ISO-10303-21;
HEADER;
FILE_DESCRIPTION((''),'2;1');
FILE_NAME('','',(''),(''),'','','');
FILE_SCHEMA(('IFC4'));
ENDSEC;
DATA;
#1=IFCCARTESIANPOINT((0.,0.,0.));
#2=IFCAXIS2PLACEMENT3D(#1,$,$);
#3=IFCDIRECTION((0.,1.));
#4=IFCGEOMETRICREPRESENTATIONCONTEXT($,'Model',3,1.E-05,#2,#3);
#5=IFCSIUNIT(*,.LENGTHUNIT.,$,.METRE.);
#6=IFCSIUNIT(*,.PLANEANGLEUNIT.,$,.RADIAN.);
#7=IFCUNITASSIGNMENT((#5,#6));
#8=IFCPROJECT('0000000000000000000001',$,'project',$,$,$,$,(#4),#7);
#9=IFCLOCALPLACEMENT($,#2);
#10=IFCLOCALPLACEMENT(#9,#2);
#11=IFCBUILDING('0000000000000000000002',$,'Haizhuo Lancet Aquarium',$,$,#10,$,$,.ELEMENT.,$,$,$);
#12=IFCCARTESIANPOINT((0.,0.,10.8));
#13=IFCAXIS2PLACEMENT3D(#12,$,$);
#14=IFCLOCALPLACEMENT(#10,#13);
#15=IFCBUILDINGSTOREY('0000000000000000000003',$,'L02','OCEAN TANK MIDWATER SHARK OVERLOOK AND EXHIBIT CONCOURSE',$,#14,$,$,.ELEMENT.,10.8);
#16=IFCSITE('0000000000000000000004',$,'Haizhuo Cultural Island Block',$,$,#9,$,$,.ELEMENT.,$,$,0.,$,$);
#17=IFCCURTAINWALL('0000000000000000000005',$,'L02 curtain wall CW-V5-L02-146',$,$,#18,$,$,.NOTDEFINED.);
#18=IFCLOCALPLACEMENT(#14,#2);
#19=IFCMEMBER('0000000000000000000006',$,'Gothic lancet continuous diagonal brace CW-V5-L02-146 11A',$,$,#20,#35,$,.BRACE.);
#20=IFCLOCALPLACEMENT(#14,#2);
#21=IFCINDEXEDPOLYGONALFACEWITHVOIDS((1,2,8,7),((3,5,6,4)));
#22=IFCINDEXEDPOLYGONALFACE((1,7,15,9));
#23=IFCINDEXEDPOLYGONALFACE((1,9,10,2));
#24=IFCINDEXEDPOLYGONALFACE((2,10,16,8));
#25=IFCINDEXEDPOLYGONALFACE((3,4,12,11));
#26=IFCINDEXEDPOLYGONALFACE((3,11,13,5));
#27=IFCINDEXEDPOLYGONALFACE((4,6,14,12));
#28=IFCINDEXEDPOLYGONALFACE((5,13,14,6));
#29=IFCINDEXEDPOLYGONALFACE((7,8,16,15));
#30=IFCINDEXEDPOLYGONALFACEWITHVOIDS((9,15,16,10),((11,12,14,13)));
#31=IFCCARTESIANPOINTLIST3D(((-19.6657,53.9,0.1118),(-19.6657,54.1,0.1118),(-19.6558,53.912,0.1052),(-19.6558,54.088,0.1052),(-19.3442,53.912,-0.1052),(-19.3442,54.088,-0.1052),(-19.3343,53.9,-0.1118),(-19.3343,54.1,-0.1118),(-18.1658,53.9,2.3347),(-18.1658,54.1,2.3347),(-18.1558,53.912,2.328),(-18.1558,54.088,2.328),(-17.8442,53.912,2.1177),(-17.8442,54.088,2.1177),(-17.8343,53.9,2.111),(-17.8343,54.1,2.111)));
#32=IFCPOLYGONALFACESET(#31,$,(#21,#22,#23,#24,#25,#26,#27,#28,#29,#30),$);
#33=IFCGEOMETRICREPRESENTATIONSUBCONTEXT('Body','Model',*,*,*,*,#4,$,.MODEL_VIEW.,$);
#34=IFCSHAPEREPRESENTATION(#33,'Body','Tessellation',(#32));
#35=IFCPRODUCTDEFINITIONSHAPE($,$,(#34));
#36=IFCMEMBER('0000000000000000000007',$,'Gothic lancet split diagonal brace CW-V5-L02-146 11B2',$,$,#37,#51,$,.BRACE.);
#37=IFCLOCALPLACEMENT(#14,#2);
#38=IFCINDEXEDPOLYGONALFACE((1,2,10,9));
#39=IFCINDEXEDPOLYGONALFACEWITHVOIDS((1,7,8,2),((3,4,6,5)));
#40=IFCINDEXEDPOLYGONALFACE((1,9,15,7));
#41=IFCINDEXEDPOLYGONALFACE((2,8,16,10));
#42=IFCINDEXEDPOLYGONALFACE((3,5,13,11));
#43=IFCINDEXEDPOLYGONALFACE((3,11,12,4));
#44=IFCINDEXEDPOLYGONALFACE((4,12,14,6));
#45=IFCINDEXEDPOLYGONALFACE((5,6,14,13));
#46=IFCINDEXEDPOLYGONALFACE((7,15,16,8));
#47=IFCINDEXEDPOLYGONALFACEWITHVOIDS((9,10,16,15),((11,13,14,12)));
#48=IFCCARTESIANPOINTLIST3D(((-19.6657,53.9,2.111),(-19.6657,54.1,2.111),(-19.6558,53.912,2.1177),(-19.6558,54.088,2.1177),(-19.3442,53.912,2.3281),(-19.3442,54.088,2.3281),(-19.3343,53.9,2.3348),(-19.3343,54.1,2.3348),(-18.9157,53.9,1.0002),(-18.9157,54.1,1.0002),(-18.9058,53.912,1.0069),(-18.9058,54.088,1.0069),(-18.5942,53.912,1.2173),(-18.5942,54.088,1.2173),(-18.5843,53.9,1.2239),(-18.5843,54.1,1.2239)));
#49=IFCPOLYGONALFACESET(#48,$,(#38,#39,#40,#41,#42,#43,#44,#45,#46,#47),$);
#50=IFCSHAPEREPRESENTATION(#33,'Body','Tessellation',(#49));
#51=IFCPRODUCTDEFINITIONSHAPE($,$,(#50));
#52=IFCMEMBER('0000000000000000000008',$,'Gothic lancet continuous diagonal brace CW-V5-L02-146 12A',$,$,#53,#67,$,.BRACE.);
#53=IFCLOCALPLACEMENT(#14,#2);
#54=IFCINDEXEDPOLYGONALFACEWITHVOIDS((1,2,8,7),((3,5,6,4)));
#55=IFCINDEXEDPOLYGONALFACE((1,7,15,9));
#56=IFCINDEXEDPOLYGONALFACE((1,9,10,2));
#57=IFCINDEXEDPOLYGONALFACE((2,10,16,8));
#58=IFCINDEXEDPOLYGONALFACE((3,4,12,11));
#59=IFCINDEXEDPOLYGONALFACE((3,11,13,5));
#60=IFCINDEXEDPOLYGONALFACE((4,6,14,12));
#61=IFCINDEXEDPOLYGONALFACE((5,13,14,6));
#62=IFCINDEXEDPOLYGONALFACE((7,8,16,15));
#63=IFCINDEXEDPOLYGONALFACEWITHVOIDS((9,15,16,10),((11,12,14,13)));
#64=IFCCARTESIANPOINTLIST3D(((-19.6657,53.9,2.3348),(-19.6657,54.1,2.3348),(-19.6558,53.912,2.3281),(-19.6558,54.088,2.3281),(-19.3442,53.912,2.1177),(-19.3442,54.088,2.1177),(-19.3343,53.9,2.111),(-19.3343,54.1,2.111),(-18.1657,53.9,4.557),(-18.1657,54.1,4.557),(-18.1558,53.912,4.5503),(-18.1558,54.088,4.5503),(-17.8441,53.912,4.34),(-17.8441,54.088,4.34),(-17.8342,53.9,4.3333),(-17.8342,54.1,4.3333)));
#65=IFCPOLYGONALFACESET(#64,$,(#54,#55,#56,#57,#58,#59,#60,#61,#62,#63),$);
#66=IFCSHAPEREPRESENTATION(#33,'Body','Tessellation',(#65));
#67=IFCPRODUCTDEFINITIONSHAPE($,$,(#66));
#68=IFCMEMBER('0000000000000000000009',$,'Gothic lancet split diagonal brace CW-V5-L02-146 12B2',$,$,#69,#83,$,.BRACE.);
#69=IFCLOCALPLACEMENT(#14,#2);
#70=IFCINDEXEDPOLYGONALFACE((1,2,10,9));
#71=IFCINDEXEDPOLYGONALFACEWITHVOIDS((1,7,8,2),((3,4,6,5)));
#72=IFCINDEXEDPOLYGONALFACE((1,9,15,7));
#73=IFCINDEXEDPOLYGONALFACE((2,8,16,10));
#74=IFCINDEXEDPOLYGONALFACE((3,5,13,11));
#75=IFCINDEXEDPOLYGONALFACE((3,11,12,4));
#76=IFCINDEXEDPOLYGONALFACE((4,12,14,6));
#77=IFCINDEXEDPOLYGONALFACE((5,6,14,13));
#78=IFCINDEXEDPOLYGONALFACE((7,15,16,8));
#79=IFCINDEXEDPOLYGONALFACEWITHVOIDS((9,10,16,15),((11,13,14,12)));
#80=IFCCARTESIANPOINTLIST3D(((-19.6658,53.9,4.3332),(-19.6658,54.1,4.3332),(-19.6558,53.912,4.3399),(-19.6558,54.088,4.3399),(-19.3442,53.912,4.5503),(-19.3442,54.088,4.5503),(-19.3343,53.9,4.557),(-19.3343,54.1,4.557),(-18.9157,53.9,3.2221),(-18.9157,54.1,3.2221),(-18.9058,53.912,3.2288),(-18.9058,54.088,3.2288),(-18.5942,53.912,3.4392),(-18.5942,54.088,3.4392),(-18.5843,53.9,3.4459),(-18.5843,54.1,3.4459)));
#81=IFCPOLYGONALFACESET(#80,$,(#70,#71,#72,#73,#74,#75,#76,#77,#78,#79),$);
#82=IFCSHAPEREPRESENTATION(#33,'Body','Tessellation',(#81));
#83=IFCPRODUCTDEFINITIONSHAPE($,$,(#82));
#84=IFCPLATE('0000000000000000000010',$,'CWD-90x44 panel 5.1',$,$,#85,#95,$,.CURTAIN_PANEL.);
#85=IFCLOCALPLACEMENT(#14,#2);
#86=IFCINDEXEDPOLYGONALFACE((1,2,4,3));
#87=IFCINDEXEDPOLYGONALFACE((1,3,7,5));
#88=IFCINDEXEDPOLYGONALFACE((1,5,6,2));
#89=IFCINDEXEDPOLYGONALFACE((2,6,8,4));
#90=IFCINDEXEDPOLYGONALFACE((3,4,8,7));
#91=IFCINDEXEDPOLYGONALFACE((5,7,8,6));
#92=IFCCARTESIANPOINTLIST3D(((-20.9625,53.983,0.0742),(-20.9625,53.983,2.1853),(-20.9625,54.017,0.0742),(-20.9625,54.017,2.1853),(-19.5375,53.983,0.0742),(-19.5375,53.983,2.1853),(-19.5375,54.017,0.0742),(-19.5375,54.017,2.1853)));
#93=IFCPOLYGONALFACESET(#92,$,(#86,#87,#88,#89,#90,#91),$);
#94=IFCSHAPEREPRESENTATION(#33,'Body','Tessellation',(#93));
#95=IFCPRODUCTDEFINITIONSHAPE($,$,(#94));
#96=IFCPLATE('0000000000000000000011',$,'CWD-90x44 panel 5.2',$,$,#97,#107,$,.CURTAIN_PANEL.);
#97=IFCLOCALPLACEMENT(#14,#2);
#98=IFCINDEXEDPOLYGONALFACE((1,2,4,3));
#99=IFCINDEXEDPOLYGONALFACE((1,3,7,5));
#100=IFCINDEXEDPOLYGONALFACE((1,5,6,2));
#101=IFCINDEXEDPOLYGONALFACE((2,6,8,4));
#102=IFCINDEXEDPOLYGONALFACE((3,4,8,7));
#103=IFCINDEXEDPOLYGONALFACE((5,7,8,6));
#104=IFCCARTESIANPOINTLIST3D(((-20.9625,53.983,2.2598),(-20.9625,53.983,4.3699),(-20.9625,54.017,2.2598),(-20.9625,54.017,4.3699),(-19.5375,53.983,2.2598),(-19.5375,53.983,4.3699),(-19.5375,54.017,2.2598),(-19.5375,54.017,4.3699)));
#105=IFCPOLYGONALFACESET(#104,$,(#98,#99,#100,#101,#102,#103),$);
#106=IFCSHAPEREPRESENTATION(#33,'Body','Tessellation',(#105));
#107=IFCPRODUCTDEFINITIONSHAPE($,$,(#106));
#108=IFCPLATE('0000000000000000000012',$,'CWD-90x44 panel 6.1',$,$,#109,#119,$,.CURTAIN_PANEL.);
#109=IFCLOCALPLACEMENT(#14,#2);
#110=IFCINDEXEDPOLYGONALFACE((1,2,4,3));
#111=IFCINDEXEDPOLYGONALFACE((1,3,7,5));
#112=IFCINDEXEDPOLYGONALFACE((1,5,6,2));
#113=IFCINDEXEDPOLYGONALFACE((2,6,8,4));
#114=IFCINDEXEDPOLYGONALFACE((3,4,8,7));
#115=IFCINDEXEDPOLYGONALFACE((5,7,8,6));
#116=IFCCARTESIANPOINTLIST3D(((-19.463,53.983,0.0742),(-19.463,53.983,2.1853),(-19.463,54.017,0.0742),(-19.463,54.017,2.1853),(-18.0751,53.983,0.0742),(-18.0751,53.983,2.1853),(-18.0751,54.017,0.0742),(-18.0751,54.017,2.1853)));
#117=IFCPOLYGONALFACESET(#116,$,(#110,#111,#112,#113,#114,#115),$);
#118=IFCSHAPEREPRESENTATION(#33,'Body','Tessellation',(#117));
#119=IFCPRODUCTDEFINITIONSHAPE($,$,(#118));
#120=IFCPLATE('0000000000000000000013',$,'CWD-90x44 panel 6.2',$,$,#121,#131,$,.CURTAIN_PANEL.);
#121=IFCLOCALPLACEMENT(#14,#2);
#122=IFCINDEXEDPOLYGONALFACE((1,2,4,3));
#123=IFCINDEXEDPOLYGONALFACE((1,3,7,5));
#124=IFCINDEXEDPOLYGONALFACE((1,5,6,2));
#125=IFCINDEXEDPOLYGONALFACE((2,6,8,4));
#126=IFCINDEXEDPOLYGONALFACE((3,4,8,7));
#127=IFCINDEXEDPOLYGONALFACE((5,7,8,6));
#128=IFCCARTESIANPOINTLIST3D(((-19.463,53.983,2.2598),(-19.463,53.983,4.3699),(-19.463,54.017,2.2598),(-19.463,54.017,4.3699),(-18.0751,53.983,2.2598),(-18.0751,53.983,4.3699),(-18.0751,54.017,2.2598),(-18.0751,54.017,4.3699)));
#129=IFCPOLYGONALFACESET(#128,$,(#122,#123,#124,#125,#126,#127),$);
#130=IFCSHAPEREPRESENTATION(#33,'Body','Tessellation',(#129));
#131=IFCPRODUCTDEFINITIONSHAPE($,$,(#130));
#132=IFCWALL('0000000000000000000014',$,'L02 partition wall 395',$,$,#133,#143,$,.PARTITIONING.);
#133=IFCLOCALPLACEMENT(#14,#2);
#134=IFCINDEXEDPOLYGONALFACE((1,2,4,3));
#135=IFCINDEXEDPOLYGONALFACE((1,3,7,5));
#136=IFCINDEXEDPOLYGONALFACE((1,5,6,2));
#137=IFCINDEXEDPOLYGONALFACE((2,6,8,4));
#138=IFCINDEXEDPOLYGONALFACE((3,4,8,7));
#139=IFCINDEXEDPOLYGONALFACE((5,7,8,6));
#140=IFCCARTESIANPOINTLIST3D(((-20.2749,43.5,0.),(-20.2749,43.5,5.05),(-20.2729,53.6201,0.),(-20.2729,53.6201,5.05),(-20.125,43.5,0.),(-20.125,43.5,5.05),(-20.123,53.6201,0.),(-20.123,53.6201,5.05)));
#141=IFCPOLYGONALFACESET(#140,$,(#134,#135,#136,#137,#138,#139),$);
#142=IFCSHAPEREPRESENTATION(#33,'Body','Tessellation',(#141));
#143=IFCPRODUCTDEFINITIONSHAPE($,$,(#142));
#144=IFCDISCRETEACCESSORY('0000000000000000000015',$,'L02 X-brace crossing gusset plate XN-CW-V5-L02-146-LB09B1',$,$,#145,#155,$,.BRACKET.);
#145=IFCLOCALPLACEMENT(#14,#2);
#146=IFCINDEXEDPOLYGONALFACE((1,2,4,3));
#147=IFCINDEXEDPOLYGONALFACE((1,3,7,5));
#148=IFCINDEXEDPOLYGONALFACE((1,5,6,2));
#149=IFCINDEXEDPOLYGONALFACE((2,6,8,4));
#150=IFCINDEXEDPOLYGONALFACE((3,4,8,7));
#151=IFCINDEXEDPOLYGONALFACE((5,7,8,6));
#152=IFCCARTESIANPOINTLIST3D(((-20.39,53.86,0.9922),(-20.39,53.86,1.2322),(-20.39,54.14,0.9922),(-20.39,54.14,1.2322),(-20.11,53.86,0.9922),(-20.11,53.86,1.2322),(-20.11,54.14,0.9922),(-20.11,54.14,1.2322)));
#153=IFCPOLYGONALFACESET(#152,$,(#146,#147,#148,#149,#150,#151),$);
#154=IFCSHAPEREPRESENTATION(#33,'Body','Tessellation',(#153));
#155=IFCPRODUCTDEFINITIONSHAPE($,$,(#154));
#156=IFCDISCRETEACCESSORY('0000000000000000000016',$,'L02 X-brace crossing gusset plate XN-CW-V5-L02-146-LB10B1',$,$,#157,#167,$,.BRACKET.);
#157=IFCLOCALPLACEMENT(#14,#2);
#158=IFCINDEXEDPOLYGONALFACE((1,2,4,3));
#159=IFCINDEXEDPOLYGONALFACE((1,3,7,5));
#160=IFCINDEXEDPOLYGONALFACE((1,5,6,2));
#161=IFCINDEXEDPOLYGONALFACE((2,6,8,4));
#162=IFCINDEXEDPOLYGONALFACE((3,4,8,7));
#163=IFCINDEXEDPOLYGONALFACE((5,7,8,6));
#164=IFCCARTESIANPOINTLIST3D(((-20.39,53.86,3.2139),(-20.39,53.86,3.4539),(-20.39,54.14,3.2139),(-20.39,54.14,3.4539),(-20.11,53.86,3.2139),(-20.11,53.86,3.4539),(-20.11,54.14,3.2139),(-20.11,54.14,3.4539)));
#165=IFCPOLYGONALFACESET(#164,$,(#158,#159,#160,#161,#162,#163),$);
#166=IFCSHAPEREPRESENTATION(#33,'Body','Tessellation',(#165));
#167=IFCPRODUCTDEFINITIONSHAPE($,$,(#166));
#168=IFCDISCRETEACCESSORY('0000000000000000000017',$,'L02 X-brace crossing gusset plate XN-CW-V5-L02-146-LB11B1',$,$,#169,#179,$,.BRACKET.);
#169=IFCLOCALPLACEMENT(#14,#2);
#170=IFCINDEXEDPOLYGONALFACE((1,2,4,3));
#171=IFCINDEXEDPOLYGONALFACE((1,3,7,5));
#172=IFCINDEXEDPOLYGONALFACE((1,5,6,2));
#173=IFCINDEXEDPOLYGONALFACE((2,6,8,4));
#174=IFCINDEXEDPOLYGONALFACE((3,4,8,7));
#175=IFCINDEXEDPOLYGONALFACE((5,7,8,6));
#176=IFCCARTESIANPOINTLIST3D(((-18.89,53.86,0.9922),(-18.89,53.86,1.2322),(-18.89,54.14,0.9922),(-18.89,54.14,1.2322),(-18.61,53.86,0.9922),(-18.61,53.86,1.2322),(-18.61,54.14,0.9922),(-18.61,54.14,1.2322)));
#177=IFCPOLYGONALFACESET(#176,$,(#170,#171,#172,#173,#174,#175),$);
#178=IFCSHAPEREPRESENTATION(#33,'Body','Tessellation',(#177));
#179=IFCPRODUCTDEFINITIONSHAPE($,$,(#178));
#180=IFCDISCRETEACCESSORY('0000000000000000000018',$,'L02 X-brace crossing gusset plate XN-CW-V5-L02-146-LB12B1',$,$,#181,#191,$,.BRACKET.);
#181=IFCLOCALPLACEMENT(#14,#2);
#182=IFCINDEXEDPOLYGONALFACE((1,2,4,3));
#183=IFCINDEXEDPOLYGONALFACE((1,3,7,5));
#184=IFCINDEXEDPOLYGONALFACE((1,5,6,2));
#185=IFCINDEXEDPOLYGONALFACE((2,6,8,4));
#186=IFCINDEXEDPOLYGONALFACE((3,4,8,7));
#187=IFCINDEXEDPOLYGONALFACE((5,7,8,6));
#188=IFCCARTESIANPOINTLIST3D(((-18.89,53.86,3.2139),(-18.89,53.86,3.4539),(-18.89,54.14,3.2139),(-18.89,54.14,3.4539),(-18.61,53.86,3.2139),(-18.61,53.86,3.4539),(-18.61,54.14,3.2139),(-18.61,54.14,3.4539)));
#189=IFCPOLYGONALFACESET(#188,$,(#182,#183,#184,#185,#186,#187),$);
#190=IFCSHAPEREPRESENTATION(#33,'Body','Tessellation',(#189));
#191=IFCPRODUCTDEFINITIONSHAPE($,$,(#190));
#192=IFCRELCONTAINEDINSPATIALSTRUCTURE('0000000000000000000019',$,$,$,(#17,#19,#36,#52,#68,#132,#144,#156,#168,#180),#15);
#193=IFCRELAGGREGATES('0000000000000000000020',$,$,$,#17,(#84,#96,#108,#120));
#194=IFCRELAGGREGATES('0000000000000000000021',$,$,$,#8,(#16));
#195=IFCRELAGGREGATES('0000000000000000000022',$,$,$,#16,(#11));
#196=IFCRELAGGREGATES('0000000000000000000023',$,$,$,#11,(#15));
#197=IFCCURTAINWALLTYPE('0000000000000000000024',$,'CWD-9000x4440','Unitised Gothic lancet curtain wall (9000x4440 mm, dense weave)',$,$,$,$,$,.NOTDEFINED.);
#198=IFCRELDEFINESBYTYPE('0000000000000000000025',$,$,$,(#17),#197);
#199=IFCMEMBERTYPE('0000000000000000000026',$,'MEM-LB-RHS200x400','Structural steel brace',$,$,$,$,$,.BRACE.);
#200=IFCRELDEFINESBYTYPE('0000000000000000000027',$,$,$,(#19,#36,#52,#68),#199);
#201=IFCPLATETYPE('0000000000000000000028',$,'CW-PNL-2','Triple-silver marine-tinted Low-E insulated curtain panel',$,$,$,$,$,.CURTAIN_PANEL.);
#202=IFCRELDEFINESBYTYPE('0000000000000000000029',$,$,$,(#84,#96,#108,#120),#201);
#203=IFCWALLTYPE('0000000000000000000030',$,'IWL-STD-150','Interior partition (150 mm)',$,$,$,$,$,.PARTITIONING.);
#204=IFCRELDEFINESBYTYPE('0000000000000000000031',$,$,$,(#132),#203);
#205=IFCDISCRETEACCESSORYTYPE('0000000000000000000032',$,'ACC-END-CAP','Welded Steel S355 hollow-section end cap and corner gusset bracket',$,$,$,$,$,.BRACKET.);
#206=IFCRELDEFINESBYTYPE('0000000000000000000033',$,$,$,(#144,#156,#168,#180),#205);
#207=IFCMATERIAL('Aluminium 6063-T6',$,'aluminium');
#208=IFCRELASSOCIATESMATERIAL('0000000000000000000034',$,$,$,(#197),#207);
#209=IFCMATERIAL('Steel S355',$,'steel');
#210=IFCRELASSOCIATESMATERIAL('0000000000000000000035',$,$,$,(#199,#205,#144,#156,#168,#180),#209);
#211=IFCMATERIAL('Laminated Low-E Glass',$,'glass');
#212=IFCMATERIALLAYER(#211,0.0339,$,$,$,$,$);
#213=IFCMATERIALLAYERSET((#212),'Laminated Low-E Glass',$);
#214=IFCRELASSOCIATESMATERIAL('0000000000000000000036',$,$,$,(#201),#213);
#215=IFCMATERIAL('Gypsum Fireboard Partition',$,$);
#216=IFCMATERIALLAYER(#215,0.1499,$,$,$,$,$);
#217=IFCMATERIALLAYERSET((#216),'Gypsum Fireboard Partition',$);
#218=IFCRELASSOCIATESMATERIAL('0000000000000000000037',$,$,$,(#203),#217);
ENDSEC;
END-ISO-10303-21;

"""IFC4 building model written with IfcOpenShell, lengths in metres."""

from ifc_helpers import new_model, si_unit, direction, frame, frame_2d, origin, origin_2d, place, context, subcontext, project, spatial, rectangle, hollow_rectangle, extrude, material, layer, layer_set, material_profile, profile_set, type_object, element, aggregate, save


model = new_model("IFC4")

# Units and contexts
model_context = context("Model", 3, precision=1e-05, world=origin(), true_north=direction((0.0, 1.0)))
body_context = subcontext(model_context, "Body", "Model", "MODEL_VIEW")
ifc_project = project(units=[si_unit("LENGTHUNIT", "METRE"), si_unit("PLANEANGLEUNIT", "RADIAN")], contexts=[model_context])

# Site, building, storey
site_placement = place(None, origin())
site = spatial("IfcSite", under=ifc_project, at=site_placement, Name="Haizhuo Cultural Island Block", CompositionType="ELEMENT", RefElevation=0.0)
building_placement = place(site_placement, origin())
building = spatial("IfcBuilding", under=site, at=building_placement, Name="Haizhuo Lancet Aquarium", CompositionType="ELEMENT")
storey_placement = place(building_placement, frame((0.0, 0.0, 10.8)))
storey = spatial("IfcBuildingStorey", under=building, at=storey_placement, Name="L02", Description="OCEAN TANK MIDWATER SHARK OVERLOOK AND EXHIBIT CONCOURSE", CompositionType="ELEMENT", Elevation=10.8)

# Curtain wall
ifc_material_1 = material(Name="Aluminium 6063-T6", Category="aluminium")
curtain_wall_type = type_object("IfcCurtainWallType", Name="CWD-9000x4440", Description="Unitised Gothic lancet curtain wall (9000x4440 mm, dense weave)", PredefinedType="NOTDEFINED", material=ifc_material_1)
curtain_wall_placement = place(storey_placement, origin())
curtain_wall = element("IfcCurtainWall", 1, at=curtain_wall_placement, inside=storey, type_object=curtain_wall_type, Name="L02 curtain wall CW-V5-L02-146", PredefinedType="NOTDEFINED")

# Members
ifc_material_2 = material(Name="Steel S355", Category="steel")
ifc_material_profile_1 = material_profile(ifc_material_2, hollow_rectangle(XDim=0.2, YDim=0.3999, WallThickness=0.012, at=origin_2d()), Name="RHS 200x400x12")
ifc_profile_set_1 = profile_set([ifc_material_profile_1], Name="Steel S355")
member_type_1 = type_object("IfcMemberType", Name="MEM-LB-RHS200x400", Description="Structural steel brace", PredefinedType="BRACE", material=ifc_profile_set_1)
member_1_placement = place(storey_placement, frame((-19.5, 54.0, 0.0), z_axis=(0.559356, 0.0, 0.828928), x_axis=(0.0, 1.0, 0.0)))
element("IfcMember", 2, at=member_1_placement, inside=storey, type_object=member_type_1, Name="Gothic lancet continuous diagonal brace CW-V5-L02-146 11A", PredefinedType="BRACE", context=body_context, shape_type="SweptSolid", body=[
    extrude(hollow_rectangle(XDim=0.2, YDim=0.3999, WallThickness=0.012, at=origin_2d()), origin(), (0.0, 0.0, 1.0), 2.6816),
])
member_2_placement = place(storey_placement, frame((-18.75, 54.0, 1.1121), z_axis=(-0.559567, 0.0, 0.828785), x_axis=(0.0, -1.0, 0.0)))
element("IfcMember", 3, at=member_2_placement, inside=storey, type_object=member_type_1, Name="Gothic lancet split diagonal brace CW-V5-L02-146 11B2", PredefinedType="BRACE", context=body_context, shape_type="SweptSolid", body=[
    extrude(hollow_rectangle(XDim=0.2, YDim=0.3999, WallThickness=0.012, at=origin_2d()), origin(), (0.0, 0.0, 1.0), 1.3403),
])
member_3_placement = place(storey_placement, frame((-19.5, 54.0, 2.2229), z_axis=(0.559482, 0.0, 0.828842), x_axis=(0.0, 1.0, 0.0)))
element("IfcMember", 4, at=member_3_placement, inside=storey, type_object=member_type_1, Name="Gothic lancet continuous diagonal brace CW-V5-L02-146 12A", PredefinedType="BRACE", context=body_context, shape_type="SweptSolid", body=[
    extrude(hollow_rectangle(XDim=0.2, YDim=0.3999, WallThickness=0.012, at=origin_2d()), origin(), (0.0, 0.0, 1.0), 2.6812),
])
member_4_placement = place(storey_placement, frame((-18.75, 54.0, 3.334), z_axis=(-0.559482, 0.0, 0.828842), x_axis=(0.0, -1.0, 0.0)))
element("IfcMember", 5, at=member_4_placement, inside=storey, type_object=member_type_1, Name="Gothic lancet split diagonal brace CW-V5-L02-146 12B2", PredefinedType="BRACE", context=body_context, shape_type="SweptSolid", body=[
    extrude(hollow_rectangle(XDim=0.2, YDim=0.3999, WallThickness=0.012, at=origin_2d()), origin(), (0.0, 0.0, 1.0), 1.3406),
])

# Plates
ifc_material_3 = material(Name="Laminated Low-E Glass", Category="glass")
ifc_layer_1 = layer(ifc_material_3, 0.0339)
ifc_layer_set_1 = layer_set([ifc_layer_1], Name="Laminated Low-E Glass")
plate_type = type_object("IfcPlateType", Name="CW-PNL-2", Description="Triple-silver marine-tinted Low-E insulated curtain panel", PredefinedType="CURTAIN_PANEL", material=ifc_layer_set_1)
plate_1_placement = place(storey_placement, frame((-20.25, 54.0, 0.0742), z_axis=(0.0, 0.0, 1.0), x_axis=(1.0, 0.0, 0.0)))
plate_1 = element("IfcPlate", 6, at=plate_1_placement, type_object=plate_type, Name="CWD-90x44 panel 5.1", PredefinedType="CURTAIN_PANEL", context=body_context, shape_type="SweptSolid", body=[
    extrude(rectangle(XDim=1.425, YDim=0.0339, at=origin_2d()), origin(), (0.0, 0.0, 1.0), 2.1111),
])
plate_2_placement = place(storey_placement, frame((-20.25, 54.0, 2.2598), z_axis=(0.0, 0.0, 1.0), x_axis=(1.0, 0.0, 0.0)))
plate_2 = element("IfcPlate", 7, at=plate_2_placement, type_object=plate_type, Name="CWD-90x44 panel 5.2", PredefinedType="CURTAIN_PANEL", context=body_context, shape_type="SweptSolid", body=[
    extrude(rectangle(XDim=1.425, YDim=0.0339, at=origin_2d()), origin(), (0.0, 0.0, 1.0), 2.1101),
])
plate_3_placement = place(storey_placement, frame((-18.769, 54.0, 0.0742), z_axis=(0.0, 0.0, 1.0), x_axis=(1.0, 0.0, 0.0)))
plate_3 = element("IfcPlate", 8, at=plate_3_placement, type_object=plate_type, Name="CWD-90x44 panel 6.1", PredefinedType="CURTAIN_PANEL", context=body_context, shape_type="SweptSolid", body=[
    extrude(rectangle(XDim=1.3879, YDim=0.0339, at=origin_2d()), origin(), (0.0, 0.0, 1.0), 2.1111),
])
plate_4_placement = place(storey_placement, frame((-18.769, 54.0, 2.2598), z_axis=(0.0, 0.0, 1.0), x_axis=(1.0, 0.0, 0.0)))
plate_4 = element("IfcPlate", 9, at=plate_4_placement, type_object=plate_type, Name="CWD-90x44 panel 6.2", PredefinedType="CURTAIN_PANEL", context=body_context, shape_type="SweptSolid", body=[
    extrude(rectangle(XDim=1.3879, YDim=0.0339, at=origin_2d()), origin(), (0.0, 0.0, 1.0), 2.1101),
])
aggregate(curtain_wall, [plate_1, plate_2, plate_3, plate_4])

# Wall
ifc_material_4 = material(Name="Gypsum Fireboard Partition")
ifc_layer_2 = layer(ifc_material_4, 0.1499)
ifc_layer_set_2 = layer_set([ifc_layer_2], Name="Gypsum Fireboard Partition")
wall_type = type_object("IfcWallType", Name="IWL-STD-150", Description="Interior partition (150 mm)", PredefinedType="PARTITIONING", material=ifc_layer_set_2)
wall_placement = place(storey_placement, frame((-20.198, 53.6201, 0.0), z_axis=(0.0, 0.0, 1.0), x_axis=(-0.000193, -1.0, 0.0)))
element("IfcWall", 10, at=wall_placement, inside=storey, type_object=wall_type, Name="L02 partition wall 395", PredefinedType="PARTITIONING", context=body_context, shape_type="SweptSolid", body=[
    extrude(rectangle(XDim=10.1201, YDim=0.1499, at=frame_2d((5.0601, 0.0))), origin(), (0.0, 0.0, 1.0), 5.05),
])

# Discrete accessories
discrete_accessory_type = type_object("IfcDiscreteAccessoryType", Name="ACC-END-CAP", Description="Welded Steel S355 hollow-section end cap and corner gusset bracket", PredefinedType="BRACKET", material=ifc_material_2)
for number, where, z_axis, x_axis, name in (
    (11, (-20.25, 54.0, 0.9922), (0.0, 0.0, 1.0), (1.0, 0.0, 0.0), "L02 X-brace crossing gusset plate XN-CW-V5-L02-146-LB09B1"),
    (12, (-20.25, 54.0, 3.2139), (0.0, 0.0, 1.0), (1.0, 0.0, 0.0), "L02 X-brace crossing gusset plate XN-CW-V5-L02-146-LB10B1"),
    (13, (-18.75, 54.0, 0.9922), (0.0, 0.0, 1.0), (1.0, 0.0, 0.0), "L02 X-brace crossing gusset plate XN-CW-V5-L02-146-LB11B1"),
    (14, (-18.75, 54.0, 3.2139), (0.0, 0.0, 1.0), (1.0, 0.0, 0.0), "L02 X-brace crossing gusset plate XN-CW-V5-L02-146-LB12B1"),
):
    element("IfcDiscreteAccessory", number, at=place(storey_placement, frame(where, z_axis=z_axis, x_axis=x_axis)), inside=storey, type_object=discrete_accessory_type, material=ifc_material_2, Name=name, PredefinedType="BRACKET", context=body_context, shape_type="SweptSolid", body=[
        extrude(rectangle(XDim=0.28, YDim=0.28, at=origin_2d()), origin(), (0.0, 0.0, 1.0), 0.24),
    ])

save(model, "model.ifc")
